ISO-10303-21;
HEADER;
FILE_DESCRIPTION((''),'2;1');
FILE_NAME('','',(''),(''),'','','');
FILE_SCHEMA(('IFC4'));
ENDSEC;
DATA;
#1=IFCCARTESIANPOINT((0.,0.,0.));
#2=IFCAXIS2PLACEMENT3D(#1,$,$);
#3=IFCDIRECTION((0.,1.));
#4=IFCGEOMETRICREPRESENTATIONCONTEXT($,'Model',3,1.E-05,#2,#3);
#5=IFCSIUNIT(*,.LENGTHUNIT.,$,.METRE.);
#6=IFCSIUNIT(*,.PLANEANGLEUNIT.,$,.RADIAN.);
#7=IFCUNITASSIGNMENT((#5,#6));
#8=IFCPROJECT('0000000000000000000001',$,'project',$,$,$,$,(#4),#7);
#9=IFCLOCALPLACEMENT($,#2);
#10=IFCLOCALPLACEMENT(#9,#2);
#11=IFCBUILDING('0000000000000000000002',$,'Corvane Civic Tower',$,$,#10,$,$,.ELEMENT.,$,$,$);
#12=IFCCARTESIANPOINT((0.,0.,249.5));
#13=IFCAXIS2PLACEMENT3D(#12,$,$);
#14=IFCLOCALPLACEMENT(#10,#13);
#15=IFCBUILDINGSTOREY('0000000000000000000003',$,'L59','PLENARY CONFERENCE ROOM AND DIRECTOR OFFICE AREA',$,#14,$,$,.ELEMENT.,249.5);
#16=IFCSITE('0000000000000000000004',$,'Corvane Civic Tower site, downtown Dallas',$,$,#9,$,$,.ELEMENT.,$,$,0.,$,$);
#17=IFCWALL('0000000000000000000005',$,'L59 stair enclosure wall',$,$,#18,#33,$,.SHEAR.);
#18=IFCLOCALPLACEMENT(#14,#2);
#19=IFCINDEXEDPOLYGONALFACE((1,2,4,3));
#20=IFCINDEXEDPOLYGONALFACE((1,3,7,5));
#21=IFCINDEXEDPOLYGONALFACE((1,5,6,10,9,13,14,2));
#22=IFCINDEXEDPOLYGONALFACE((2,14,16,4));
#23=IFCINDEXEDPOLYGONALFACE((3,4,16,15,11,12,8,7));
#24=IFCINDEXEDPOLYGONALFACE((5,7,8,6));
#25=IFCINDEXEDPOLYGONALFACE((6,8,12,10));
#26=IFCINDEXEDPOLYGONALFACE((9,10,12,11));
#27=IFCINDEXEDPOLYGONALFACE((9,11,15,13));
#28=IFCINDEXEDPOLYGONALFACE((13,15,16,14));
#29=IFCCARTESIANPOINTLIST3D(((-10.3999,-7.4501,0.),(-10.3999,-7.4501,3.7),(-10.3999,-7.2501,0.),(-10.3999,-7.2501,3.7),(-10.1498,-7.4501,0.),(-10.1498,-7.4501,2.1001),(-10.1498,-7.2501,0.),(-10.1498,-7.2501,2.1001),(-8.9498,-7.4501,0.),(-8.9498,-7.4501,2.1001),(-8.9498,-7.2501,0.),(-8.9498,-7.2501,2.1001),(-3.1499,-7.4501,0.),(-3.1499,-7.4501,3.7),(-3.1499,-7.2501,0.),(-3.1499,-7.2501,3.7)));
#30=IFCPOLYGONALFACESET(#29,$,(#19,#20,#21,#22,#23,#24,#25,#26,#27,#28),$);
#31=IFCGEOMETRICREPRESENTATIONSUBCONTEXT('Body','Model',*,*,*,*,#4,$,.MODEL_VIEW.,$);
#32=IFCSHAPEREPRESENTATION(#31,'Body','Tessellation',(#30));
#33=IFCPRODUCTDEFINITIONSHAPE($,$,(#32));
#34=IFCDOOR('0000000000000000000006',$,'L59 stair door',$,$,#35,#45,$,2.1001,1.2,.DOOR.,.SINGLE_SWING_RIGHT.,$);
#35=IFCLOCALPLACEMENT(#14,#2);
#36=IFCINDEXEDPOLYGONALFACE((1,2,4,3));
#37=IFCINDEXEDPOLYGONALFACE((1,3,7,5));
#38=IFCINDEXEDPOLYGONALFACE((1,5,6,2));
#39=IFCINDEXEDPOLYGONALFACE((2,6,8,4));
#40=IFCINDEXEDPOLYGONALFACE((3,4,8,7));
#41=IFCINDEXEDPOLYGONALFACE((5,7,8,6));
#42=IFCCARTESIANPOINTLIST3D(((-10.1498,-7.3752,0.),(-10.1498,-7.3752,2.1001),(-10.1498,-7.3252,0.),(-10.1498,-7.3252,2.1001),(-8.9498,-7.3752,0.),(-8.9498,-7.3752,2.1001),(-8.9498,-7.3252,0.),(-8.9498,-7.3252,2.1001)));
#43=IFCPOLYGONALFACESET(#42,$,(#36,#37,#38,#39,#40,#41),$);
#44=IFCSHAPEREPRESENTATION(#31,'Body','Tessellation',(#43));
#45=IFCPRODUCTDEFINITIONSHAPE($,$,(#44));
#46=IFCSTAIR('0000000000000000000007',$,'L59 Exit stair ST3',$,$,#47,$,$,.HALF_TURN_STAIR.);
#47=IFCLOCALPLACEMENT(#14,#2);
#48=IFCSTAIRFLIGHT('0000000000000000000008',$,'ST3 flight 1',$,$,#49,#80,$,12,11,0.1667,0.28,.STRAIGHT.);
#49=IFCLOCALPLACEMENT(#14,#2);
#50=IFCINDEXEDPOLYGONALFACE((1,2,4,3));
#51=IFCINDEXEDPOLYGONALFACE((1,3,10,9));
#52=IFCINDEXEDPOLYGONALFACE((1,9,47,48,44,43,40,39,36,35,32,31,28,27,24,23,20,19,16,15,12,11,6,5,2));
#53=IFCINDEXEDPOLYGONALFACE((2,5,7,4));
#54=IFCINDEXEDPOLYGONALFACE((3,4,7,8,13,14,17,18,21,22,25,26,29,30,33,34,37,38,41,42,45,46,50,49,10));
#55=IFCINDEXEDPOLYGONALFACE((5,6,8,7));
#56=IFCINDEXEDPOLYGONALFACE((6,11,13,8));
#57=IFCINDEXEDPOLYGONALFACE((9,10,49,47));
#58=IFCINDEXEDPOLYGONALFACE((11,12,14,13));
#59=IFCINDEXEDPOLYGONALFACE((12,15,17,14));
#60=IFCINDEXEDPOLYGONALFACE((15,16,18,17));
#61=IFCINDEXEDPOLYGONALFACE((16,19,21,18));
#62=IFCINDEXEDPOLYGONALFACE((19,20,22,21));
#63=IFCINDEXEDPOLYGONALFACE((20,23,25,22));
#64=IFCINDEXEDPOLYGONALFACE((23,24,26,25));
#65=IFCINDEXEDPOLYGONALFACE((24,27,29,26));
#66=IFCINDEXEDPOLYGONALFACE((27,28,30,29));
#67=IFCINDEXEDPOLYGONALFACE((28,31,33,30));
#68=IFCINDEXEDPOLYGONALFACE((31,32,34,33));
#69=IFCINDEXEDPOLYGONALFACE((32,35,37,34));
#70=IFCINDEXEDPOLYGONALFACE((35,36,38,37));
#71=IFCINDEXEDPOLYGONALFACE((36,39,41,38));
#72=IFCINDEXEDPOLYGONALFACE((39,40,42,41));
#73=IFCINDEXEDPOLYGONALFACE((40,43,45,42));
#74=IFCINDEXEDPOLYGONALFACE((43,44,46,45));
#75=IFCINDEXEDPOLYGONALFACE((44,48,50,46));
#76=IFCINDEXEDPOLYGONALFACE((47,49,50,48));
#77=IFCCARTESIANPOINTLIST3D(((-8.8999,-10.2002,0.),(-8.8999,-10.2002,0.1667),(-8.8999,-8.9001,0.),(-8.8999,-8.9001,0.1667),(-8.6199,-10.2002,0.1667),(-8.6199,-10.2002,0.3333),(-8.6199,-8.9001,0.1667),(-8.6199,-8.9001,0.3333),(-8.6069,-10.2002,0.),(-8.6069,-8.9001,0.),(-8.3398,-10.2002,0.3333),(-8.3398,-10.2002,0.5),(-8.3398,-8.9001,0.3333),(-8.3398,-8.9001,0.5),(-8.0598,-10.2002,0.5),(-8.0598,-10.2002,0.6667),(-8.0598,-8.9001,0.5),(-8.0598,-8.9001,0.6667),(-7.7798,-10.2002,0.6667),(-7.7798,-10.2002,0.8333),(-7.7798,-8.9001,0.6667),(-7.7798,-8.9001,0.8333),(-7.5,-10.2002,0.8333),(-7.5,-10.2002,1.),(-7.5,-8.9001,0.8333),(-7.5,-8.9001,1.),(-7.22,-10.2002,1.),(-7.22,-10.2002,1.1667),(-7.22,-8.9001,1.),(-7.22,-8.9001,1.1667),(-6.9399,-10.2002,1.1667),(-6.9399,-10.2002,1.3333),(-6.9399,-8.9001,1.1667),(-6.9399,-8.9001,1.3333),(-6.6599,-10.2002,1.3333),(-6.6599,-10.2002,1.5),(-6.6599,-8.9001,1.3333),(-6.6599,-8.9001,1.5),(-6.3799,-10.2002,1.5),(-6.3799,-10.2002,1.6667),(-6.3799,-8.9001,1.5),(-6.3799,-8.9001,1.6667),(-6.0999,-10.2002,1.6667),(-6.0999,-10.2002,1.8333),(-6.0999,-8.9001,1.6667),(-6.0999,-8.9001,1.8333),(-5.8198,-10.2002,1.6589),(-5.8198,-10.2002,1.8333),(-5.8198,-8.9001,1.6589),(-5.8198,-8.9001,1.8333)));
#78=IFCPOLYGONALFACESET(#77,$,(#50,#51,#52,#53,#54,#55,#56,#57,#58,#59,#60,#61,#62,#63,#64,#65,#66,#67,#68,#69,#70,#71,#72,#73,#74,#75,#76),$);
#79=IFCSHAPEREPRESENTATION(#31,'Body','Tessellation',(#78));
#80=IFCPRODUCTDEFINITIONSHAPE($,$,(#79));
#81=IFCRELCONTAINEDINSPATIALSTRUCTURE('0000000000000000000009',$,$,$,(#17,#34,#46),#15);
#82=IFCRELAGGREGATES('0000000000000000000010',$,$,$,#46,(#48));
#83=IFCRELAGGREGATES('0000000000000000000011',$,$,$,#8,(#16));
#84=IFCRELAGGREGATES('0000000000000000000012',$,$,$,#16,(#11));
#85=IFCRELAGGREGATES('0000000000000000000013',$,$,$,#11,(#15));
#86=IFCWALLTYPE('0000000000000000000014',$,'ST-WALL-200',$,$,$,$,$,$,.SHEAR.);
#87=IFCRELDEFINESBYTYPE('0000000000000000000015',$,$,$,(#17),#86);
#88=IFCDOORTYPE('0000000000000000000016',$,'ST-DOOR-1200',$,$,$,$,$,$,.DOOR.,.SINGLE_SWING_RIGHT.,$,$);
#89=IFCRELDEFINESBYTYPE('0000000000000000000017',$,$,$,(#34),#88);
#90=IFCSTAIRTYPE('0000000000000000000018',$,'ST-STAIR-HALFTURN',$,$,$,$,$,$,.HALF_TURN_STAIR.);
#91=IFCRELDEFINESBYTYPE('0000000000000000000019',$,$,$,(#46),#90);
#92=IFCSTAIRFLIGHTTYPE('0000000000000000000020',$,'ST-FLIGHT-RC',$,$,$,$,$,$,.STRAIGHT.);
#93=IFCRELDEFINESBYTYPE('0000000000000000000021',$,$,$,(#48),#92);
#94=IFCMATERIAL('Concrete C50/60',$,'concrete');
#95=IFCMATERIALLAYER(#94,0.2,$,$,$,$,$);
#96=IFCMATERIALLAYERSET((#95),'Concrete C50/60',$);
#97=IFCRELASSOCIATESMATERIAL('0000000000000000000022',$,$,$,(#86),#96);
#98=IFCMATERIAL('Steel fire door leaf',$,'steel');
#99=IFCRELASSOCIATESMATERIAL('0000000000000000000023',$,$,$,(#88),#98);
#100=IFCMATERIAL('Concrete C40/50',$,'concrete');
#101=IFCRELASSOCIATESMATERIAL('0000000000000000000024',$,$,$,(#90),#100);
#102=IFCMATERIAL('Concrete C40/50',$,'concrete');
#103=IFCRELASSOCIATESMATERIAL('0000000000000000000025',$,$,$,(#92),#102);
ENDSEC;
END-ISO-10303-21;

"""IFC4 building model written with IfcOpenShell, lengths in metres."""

from ifc_helpers import new_model, si_unit, direction, frame, frame_2d, origin, place, context, subcontext, project, spatial, polyline, rectangle, outline, extrude, material, layer, layer_set, type_object, element, fill, aggregate, save


model = new_model("IFC4")

# Units and contexts
model_context = context("Model", 3, precision=1e-05, world=origin(), true_north=direction((0.0, 1.0)))
body_context = subcontext(model_context, "Body", "Model", "MODEL_VIEW")
ifc_project = project(units=[si_unit("LENGTHUNIT", "METRE"), si_unit("PLANEANGLEUNIT", "RADIAN")], contexts=[model_context])

# Site, building, storey
site_placement = place(None, origin())
site = spatial("IfcSite", under=ifc_project, at=site_placement, Name="Corvane Civic Tower site, downtown Dallas", CompositionType="ELEMENT", RefElevation=0.0)
building_placement = place(site_placement, origin())
building = spatial("IfcBuilding", under=site, at=building_placement, Name="Corvane Civic Tower", CompositionType="ELEMENT")
storey_placement = place(building_placement, frame((0.0, 0.0, 249.5)))
storey = spatial("IfcBuildingStorey", under=building, at=storey_placement, Name="L59", Description="PLENARY CONFERENCE ROOM AND DIRECTOR OFFICE AREA", CompositionType="ELEMENT", Elevation=249.5)

# Wall, opening, door
ifc_material_1 = material(Name="Concrete C50/60", Category="concrete")
ifc_layer_1 = layer(ifc_material_1, 0.2)
ifc_layer_set_1 = layer_set([ifc_layer_1], Name="Concrete C50/60")
wall_type_1 = type_object("IfcWallType", Name="ST-WALL-200", PredefinedType="SHEAR", material=ifc_layer_set_1)
wall_1_placement = place(storey_placement, frame((-10.3999, -7.3501, 0.0), z_axis=(0.0, 0.0, 1.0), x_axis=(1.0, 0.0, 0.0)))
wall_1 = element("IfcWall", 1, at=wall_1_placement, inside=storey, type_object=wall_type_1, Name="L59 stair enclosure wall", PredefinedType="SHEAR", context=body_context, shape_type="SweptSolid", body=[
    extrude(rectangle(XDim=7.25, YDim=0.2, at=frame_2d((3.625, 0.0))), origin(), (0.0, 0.0, 1.0), 3.7),
])
opening_1_placement = place(wall_1_placement, frame((0.25, 0.0, 0.0)))
opening_1 = element("IfcOpeningElement", 2, at=opening_1_placement, cuts=wall_1, PredefinedType="OPENING", context=body_context, shape_type="SweptSolid", body=[
    extrude(rectangle(XDim=1.2, YDim=2.1001, at=frame_2d((0.6001, 1.05))), frame((0.0, 0.1099, 0.0), z_axis=(0.0, -1.0, 0.0), x_axis=(1.0, 0.0, 0.0)), (0.0, 0.0, 1.0), 0.22),
])
ifc_material_2 = material(Name="Steel fire door leaf", Category="steel")
door_type_1 = type_object("IfcDoorType", Name="ST-DOOR-1200", OperationType="SINGLE_SWING_RIGHT", PredefinedType="DOOR", material=ifc_material_2)
door_1_placement = place(opening_1_placement, origin())
door_1 = element("IfcDoor", 3, at=door_1_placement, inside=storey, type_object=door_type_1, Name="L59 stair door", OperationType="SINGLE_SWING_RIGHT", OverallHeight=2.1001, OverallWidth=1.2, PredefinedType="DOOR", context=body_context, shape_type="SweptSolid", body=[
    extrude(rectangle(XDim=1.2, YDim=2.1001, at=frame_2d((0.6001, 1.05))), frame((0.0, 0.0249, 0.0), z_axis=(0.0, -1.0, 0.0), x_axis=(1.0, 0.0, 0.0)), (0.0, 0.0, 1.0), 0.05),
])
fill(opening_1, door_1)

# Stair, stair flight
ifc_material_3 = material(Name="Concrete C40/50", Category="concrete")
stair_type = type_object("IfcStairType", Name="ST-STAIR-HALFTURN", PredefinedType="HALF_TURN_STAIR", material=ifc_material_3)
stair_placement = place(storey_placement, origin())
stair = element("IfcStair", 4, at=stair_placement, inside=storey, type_object=stair_type, Name="L59 Exit stair ST3", PredefinedType="HALF_TURN_STAIR")
ifc_material_4 = material(Name="Concrete C40/50", Category="concrete")
stair_flight_type = type_object("IfcStairFlightType", Name="ST-FLIGHT-RC", PredefinedType="STRAIGHT", material=ifc_material_4)
stair_flight_placement = place(storey_placement, frame((-8.8999, -9.55, 0.0), z_axis=(0.0, 0.0, 1.0), x_axis=(1.0, 0.0, 0.0)))
stair_flight = element("IfcStairFlight", 5, at=stair_flight_placement, type_object=stair_flight_type, Name="ST3 flight 1", NumberOfRisers=12, NumberOfTreads=11, PredefinedType="STRAIGHT", RiserHeight=0.1667, TreadLength=0.28, context=body_context, shape_type="SweptSolid", body=[
    extrude(outline(polyline([(0.0, 0.0), (0.0, 0.1667), (0.28, 0.1667), (0.28, 0.3333), (0.5601, 0.3333), (0.5601, 0.5), (0.8401, 0.5), (0.8401, 0.6667), (1.1201, 0.6667), (1.1201, 0.8333), (1.3999, 0.8333), (1.3999, 1.0), (1.6799, 1.0), (1.6799, 1.1667), (1.96, 1.1667), (1.96, 1.3333), (2.24, 1.3333), (2.24, 1.5), (2.52, 1.5), (2.52, 1.6667), (2.8, 1.6667), (2.8, 1.8333), (3.0801, 1.8333), (3.0801, 2.0), (3.0801, 1.6589), (0.293, 0.0), (0.0, 0.0)])), frame((0.0, 0.6499, 0.0), z_axis=(0.0, -1.0, 0.0), x_axis=(1.0, 0.0, 0.0)), (0.0, 0.0, 1.0), 1.3),
])
aggregate(stair, [stair_flight])

save(model, "model.ifc")
